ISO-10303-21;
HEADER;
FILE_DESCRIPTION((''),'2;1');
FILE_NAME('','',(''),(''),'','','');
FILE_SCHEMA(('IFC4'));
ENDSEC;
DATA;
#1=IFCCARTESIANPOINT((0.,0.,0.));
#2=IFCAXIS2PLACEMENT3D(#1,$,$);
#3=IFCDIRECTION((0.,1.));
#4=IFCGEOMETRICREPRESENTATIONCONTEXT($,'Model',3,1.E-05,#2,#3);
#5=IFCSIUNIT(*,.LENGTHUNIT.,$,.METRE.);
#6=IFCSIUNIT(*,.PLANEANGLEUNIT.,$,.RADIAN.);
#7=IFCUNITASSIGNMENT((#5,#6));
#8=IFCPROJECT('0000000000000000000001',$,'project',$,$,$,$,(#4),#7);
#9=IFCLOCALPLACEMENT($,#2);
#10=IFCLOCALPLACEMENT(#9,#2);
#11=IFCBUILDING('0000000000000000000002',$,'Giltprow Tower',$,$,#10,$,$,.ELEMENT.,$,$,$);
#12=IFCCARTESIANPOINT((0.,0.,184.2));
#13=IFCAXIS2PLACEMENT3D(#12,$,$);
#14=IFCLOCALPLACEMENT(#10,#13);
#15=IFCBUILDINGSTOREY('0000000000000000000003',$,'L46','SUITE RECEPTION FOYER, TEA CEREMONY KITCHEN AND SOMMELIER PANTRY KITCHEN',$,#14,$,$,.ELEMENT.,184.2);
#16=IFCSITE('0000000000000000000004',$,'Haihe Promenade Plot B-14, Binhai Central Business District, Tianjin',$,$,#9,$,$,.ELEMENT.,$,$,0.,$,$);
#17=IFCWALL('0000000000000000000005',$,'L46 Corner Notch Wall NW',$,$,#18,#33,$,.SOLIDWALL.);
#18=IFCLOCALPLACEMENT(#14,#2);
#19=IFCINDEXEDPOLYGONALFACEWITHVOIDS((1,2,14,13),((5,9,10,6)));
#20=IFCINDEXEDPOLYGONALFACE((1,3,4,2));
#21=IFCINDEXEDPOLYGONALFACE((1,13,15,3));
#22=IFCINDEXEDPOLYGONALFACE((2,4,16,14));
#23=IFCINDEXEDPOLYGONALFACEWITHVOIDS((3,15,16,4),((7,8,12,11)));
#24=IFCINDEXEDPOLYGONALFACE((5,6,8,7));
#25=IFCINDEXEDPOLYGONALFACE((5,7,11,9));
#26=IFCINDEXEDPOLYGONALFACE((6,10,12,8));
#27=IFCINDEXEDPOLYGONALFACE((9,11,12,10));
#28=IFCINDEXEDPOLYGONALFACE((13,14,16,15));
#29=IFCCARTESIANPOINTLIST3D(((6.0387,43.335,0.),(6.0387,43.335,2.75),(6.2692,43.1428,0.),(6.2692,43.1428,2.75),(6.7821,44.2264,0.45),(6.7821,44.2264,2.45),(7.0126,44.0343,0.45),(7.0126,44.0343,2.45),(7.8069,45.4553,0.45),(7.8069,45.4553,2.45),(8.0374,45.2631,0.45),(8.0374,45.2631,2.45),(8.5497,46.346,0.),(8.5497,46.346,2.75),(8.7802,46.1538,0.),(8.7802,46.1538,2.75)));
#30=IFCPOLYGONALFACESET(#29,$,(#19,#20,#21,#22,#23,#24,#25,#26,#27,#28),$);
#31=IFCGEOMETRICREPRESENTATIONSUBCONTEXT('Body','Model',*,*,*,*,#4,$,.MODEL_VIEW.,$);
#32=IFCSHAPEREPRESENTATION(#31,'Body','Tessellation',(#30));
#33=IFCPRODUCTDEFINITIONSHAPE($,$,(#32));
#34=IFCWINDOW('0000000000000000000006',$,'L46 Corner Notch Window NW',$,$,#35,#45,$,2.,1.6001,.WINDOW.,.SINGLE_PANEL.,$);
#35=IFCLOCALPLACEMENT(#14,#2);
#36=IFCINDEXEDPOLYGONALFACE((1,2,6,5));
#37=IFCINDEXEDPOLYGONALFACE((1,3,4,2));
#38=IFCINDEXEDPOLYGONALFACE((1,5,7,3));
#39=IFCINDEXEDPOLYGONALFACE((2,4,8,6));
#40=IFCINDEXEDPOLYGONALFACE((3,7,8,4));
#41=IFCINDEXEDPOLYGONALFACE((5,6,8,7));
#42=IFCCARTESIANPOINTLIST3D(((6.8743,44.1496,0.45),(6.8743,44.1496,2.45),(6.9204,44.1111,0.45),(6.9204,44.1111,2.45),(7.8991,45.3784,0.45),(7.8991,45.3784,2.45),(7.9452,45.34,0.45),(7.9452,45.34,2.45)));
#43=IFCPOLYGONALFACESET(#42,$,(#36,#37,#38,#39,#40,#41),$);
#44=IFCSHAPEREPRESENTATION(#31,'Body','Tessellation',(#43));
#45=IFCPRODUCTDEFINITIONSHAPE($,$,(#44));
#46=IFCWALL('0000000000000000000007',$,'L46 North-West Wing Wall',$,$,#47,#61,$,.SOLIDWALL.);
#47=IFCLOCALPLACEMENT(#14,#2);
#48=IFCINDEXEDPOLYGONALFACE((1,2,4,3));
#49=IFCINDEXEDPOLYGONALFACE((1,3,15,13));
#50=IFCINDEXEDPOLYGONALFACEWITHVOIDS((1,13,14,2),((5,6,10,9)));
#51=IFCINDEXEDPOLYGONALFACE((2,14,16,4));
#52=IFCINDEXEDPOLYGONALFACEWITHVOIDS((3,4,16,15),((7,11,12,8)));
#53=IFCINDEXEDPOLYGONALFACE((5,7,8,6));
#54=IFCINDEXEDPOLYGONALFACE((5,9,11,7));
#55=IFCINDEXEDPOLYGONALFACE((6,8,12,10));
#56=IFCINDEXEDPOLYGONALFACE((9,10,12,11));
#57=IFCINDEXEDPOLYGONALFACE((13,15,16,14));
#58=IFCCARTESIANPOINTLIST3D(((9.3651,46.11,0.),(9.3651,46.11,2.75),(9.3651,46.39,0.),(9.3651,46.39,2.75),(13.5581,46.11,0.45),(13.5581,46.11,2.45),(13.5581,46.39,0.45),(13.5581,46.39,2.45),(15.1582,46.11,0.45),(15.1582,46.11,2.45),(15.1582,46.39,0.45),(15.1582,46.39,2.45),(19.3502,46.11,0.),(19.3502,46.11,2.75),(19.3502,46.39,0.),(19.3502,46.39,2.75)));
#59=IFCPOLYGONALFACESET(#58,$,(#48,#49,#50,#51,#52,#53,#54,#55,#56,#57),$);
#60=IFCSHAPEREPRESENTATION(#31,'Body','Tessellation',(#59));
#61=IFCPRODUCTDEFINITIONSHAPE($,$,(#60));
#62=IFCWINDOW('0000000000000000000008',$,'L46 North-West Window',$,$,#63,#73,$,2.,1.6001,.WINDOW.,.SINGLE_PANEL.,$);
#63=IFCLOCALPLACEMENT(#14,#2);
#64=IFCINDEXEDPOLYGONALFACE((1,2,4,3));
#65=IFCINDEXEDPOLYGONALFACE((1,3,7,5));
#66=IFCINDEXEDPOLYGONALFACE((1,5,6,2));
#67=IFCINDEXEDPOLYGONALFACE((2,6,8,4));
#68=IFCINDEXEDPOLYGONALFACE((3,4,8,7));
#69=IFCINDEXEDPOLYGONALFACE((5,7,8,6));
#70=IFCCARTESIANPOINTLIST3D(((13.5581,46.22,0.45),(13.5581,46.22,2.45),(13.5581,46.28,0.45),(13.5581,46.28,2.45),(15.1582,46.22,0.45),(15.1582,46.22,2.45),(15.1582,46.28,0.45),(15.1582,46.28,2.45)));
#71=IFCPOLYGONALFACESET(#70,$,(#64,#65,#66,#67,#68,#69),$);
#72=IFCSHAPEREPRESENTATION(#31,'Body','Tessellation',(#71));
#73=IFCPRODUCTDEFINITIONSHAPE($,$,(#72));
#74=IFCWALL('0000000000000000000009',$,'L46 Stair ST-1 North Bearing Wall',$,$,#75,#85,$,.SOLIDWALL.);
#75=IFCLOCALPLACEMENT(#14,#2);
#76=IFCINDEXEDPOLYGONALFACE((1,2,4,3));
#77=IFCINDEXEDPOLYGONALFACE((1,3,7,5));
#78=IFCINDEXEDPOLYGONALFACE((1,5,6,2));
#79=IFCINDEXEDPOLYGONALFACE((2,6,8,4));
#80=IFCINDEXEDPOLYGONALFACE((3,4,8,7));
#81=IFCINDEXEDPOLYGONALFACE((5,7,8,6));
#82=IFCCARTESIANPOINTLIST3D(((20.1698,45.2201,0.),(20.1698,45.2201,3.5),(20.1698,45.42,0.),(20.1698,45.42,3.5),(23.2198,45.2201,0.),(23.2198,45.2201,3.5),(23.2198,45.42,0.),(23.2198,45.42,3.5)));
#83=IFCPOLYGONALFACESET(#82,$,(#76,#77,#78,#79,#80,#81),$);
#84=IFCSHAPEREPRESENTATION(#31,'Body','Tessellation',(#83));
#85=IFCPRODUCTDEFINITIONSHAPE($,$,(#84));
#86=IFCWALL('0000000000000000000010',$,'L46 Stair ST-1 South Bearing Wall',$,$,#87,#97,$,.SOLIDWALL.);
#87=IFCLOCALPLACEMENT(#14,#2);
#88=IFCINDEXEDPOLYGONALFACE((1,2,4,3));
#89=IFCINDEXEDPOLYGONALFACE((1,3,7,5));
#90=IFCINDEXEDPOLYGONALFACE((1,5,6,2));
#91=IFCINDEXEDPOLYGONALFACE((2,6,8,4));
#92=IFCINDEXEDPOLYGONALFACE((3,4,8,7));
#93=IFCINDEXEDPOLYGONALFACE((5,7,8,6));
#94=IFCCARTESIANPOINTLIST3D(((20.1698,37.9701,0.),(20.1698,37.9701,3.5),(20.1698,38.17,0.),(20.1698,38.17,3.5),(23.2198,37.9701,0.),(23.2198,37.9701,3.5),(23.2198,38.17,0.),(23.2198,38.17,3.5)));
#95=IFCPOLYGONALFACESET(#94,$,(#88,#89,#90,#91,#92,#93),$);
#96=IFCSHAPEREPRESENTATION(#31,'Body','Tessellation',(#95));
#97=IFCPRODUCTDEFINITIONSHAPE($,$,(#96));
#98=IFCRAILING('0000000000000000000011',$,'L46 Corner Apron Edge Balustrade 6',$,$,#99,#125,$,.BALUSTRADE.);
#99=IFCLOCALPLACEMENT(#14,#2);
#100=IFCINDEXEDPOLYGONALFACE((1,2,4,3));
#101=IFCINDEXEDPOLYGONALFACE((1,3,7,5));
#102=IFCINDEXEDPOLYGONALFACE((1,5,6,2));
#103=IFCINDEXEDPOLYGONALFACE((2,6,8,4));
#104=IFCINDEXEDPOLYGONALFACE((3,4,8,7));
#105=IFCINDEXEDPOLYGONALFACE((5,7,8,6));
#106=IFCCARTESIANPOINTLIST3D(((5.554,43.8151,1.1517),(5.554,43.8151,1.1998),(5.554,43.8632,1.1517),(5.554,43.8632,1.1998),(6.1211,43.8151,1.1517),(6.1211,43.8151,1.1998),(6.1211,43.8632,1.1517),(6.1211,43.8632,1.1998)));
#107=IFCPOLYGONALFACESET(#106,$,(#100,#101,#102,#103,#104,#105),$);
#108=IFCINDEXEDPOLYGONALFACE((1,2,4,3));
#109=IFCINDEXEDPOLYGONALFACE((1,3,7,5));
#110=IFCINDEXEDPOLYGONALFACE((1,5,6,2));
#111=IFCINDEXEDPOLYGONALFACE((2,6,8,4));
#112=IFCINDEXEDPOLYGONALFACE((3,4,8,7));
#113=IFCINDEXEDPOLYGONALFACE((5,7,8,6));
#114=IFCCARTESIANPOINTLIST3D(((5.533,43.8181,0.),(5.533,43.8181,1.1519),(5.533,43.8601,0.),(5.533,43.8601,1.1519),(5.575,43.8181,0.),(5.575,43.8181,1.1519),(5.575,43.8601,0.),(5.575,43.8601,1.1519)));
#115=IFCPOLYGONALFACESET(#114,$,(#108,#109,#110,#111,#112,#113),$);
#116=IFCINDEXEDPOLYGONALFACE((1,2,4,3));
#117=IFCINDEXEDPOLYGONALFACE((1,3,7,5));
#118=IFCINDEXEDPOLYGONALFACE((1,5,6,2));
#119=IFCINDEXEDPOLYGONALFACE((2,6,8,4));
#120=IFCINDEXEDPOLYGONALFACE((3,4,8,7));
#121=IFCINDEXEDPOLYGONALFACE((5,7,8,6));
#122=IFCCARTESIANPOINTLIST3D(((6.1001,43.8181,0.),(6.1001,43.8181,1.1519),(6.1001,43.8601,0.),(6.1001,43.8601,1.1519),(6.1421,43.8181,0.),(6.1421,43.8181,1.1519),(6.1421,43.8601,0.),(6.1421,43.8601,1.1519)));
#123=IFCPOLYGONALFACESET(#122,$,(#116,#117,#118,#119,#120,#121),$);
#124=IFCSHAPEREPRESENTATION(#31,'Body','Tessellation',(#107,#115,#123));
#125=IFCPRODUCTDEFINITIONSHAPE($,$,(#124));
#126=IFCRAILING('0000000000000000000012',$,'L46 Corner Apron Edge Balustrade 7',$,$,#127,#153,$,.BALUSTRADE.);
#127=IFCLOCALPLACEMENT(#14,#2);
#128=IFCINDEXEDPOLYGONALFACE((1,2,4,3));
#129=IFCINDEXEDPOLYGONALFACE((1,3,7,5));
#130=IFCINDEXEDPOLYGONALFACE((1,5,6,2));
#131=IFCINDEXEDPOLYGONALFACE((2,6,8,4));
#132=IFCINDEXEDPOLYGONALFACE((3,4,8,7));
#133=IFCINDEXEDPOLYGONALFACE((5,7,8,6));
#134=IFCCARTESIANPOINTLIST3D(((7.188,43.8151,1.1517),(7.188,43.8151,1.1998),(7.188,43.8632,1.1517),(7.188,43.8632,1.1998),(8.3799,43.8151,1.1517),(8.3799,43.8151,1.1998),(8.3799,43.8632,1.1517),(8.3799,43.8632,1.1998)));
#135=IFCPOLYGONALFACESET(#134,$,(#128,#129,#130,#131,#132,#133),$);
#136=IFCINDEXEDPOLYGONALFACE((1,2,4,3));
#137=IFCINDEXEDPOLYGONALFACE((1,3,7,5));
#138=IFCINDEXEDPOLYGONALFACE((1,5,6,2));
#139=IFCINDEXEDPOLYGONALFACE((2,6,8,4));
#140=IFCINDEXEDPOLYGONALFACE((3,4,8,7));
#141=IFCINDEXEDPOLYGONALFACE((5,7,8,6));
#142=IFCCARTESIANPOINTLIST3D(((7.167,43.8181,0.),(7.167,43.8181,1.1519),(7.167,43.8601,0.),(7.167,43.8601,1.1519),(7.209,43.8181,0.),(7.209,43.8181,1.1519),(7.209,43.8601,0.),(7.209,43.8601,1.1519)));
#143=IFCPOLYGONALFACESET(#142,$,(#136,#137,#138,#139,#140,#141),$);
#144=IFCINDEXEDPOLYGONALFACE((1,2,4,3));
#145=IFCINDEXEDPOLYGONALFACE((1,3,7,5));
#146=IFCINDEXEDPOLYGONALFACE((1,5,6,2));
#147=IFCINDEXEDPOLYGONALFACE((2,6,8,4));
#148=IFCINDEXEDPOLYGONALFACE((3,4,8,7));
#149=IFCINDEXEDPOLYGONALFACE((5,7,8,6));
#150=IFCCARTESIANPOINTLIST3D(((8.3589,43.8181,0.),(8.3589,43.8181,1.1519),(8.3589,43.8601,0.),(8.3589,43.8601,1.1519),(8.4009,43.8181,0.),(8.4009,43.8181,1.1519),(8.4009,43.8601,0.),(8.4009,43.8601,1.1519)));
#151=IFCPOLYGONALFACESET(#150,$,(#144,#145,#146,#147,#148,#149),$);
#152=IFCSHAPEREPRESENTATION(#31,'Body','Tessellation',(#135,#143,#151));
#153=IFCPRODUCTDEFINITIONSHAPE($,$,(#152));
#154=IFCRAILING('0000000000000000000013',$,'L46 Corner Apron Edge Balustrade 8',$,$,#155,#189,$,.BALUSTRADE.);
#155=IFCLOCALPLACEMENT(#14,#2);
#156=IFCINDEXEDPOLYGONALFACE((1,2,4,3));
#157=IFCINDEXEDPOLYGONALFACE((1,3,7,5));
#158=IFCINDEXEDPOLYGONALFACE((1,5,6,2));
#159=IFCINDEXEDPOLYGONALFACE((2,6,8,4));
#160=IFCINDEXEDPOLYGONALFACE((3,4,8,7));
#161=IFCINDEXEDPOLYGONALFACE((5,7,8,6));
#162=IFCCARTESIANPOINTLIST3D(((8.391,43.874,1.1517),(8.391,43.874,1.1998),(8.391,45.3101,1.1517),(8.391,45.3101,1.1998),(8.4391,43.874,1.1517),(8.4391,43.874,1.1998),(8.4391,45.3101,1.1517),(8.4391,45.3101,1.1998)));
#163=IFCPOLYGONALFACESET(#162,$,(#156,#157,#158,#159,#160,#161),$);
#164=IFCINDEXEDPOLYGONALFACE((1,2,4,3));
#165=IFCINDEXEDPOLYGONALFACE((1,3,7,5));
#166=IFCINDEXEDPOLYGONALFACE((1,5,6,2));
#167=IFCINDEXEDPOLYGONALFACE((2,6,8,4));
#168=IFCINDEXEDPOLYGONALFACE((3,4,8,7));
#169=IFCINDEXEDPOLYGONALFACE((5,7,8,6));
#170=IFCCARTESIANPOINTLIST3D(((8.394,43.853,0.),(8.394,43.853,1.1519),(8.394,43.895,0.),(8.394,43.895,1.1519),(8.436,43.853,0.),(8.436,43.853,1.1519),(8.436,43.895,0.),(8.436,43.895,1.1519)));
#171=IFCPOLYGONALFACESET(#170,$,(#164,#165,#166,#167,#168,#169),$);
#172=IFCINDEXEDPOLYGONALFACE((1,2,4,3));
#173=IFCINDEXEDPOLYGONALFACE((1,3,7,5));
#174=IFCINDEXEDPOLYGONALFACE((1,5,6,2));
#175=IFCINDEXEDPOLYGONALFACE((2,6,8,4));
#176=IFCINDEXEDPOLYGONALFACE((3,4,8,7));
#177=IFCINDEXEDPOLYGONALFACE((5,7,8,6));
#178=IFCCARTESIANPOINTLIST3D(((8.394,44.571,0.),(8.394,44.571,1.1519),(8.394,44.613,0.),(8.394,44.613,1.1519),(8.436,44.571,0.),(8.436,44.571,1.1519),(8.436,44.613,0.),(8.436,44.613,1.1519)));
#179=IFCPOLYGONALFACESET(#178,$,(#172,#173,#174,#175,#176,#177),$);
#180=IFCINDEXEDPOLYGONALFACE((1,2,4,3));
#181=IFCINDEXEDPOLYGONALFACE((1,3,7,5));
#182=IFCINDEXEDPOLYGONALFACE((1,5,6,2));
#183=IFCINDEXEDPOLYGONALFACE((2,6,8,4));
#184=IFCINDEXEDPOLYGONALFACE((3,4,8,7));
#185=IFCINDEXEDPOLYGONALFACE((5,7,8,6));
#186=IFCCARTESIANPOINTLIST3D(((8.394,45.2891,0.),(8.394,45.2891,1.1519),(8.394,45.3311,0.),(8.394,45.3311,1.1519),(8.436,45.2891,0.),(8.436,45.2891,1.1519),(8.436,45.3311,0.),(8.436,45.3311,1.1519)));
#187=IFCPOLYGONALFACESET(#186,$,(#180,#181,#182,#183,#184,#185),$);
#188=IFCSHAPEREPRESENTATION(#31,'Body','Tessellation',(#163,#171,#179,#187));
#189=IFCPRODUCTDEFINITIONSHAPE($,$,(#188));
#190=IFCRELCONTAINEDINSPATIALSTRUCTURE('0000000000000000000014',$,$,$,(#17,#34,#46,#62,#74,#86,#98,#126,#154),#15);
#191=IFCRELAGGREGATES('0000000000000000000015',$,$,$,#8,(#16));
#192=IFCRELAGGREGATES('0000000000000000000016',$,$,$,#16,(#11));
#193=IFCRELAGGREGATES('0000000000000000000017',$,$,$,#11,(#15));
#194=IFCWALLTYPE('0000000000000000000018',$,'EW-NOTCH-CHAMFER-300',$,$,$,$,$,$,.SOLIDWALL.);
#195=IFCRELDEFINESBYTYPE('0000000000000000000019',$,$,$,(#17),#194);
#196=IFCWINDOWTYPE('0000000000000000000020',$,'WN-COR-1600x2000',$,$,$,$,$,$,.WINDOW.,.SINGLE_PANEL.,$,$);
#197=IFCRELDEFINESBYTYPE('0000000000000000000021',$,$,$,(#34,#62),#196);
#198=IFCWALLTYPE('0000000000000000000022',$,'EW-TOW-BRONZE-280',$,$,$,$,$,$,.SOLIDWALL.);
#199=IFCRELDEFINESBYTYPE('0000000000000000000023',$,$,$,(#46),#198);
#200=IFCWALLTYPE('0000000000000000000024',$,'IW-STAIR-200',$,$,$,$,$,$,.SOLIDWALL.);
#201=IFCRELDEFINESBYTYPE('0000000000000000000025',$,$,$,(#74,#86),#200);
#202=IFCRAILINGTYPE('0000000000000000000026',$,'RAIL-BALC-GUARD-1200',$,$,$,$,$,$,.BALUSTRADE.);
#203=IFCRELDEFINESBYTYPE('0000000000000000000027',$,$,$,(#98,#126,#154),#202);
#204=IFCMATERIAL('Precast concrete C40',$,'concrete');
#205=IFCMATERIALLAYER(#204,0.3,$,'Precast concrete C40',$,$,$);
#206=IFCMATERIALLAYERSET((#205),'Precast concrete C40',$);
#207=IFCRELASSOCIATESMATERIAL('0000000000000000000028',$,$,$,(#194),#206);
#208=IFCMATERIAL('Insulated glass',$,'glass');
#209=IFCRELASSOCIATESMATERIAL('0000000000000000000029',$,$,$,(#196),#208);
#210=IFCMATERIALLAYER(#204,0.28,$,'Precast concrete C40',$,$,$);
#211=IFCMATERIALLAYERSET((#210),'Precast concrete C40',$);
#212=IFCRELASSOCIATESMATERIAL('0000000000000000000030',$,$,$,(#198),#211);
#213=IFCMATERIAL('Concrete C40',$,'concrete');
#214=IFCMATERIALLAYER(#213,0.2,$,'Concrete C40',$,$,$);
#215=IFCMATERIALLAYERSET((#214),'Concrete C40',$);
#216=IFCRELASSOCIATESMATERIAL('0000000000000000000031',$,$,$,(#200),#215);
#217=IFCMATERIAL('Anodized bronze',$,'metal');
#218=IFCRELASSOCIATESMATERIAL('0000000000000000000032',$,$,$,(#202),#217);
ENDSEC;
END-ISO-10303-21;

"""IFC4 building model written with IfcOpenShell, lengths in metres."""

from ifc_helpers import new_model, si_unit, direction, frame, frame_2d, origin, origin_2d, place, context, subcontext, project, spatial, rectangle, extrude, source, transform, mapped, material, layer, layer_set, type_object, element, fill, save


model = new_model("IFC4")

# Units and contexts
model_context = context("Model", 3, precision=1e-05, world=origin(), true_north=direction((0.0, 1.0)))
body_context = subcontext(model_context, "Body", "Model", "MODEL_VIEW")
ifc_project = project(units=[si_unit("LENGTHUNIT", "METRE"), si_unit("PLANEANGLEUNIT", "RADIAN")], contexts=[model_context])

# Site, building, storey
site_placement = place(None, origin())
site = spatial("IfcSite", under=ifc_project, at=site_placement, Name="Haihe Promenade Plot B-14, Binhai Central Business District, Tianjin", CompositionType="ELEMENT", RefElevation=0.0)
building_placement = place(site_placement, origin())
building = spatial("IfcBuilding", under=site, at=building_placement, Name="Giltprow Tower", CompositionType="ELEMENT")
storey_placement = place(building_placement, frame((0.0, 0.0, 184.2)))
storey = spatial("IfcBuildingStorey", under=building, at=storey_placement, Name="L46", Description="SUITE RECEPTION FOYER, TEA CEREMONY KITCHEN AND SOMMELIER PANTRY KITCHEN", CompositionType="ELEMENT", Elevation=184.2)

# Walls, openings, windows
ifc_material_1 = material(Name="Precast concrete C40", Category="concrete")
ifc_layer_1 = layer(ifc_material_1, 0.3, Name="Precast concrete C40")
ifc_layer_set_1 = layer_set([ifc_layer_1], Name="Precast concrete C40")
wall_type_1 = type_object("IfcWallType", Name="EW-NOTCH-CHAMFER-300", PredefinedType="SOLIDWALL", material=ifc_layer_set_1)
wall_1_placement = place(storey_placement, frame((8.665, 46.25, 0.0), z_axis=(0.0, 0.0, 1.0), x_axis=(-0.64046, -0.767992, 0.0)))
wall_1 = element("IfcWall", 1, at=wall_1_placement, inside=storey, type_object=wall_type_1, Name="L46 Corner Notch Wall NW", PredefinedType="SOLIDWALL", context=body_context, shape_type="SweptSolid", body=[
    extrude(rectangle(XDim=3.9207, YDim=0.3, at=frame_2d((1.9604, 0.0))), origin(), (0.0, 0.0, 1.0), 2.75),
])
opening_1_placement = place(wall_1_placement, frame((1.1599, 0.0, 0.45)))
opening_1 = element("IfcOpeningElement", 2, at=opening_1_placement, cuts=wall_1, PredefinedType="OPENING", context=body_context, shape_type="SweptSolid", body=[
    extrude(rectangle(XDim=1.6001, YDim=2.0, at=frame_2d((0.8, 1.0))), frame((0.0, 0.1599, 0.0), z_axis=(0.0, -1.0, 0.0), x_axis=(1.0, 0.0, 0.0)), (0.0, 0.0, 1.0), 0.3201),
])
ifc_material_2 = material(Name="Insulated glass", Category="glass")
window_type = type_object("IfcWindowType", Name="WN-COR-1600x2000", PartitioningType="SINGLE_PANEL", PredefinedType="WINDOW", material=ifc_material_2)
shared_shape_1 = source(origin(), body_context, "Body", "SweptSolid", [
    extrude(rectangle(XDim=1.6001, YDim=2.0, at=frame_2d((0.8, 1.0))), frame((0.0, 0.03, 0.0), z_axis=(0.0, -1.0, 0.0), x_axis=(1.0, 0.0, 0.0)), (0.0, 0.0, 1.0), 0.0601),
])
window_1_placement = place(opening_1_placement, origin())
window_1 = element("IfcWindow", 3, at=window_1_placement, inside=storey, type_object=window_type, Name="L46 Corner Notch Window NW", OverallHeight=2.0, OverallWidth=1.6001, PartitioningType="SINGLE_PANEL", PredefinedType="WINDOW", context=body_context, shape_type="MappedRepresentation", body=[
    mapped(shared_shape_1, transform((0.0, 0.0, 0.0), x_axis=(1.0, 0.0, 0.0), y_axis=(0.0, 1.0, 0.0), z_axis=(0.0, 0.0, 1.0), scale=1.0)),
])
fill(opening_1, window_1)
ifc_layer_2 = layer(ifc_material_1, 0.28, Name="Precast concrete C40")
ifc_layer_set_2 = layer_set([ifc_layer_2], Name="Precast concrete C40")
wall_type_2 = type_object("IfcWallType", Name="EW-TOW-BRONZE-280", PredefinedType="SOLIDWALL", material=ifc_layer_set_2)
wall_2_placement = place(storey_placement, frame((9.365, 46.25, 0.0), z_axis=(0.0, 0.0, 1.0), x_axis=(1.0, 0.0, 0.0)))
wall_2 = element("IfcWall", 4, at=wall_2_placement, inside=storey, type_object=wall_type_2, Name="L46 North-West Wing Wall", PredefinedType="SOLIDWALL", context=body_context, shape_type="SweptSolid", body=[
    extrude(rectangle(XDim=9.9851, YDim=0.28, at=frame_2d((4.9927, 0.0))), origin(), (0.0, 0.0, 1.0), 2.75),
])
opening_2_placement = place(wall_2_placement, frame((4.1931, 0.0, 0.45)))
opening_2 = element("IfcOpeningElement", 5, at=opening_2_placement, cuts=wall_2, PredefinedType="OPENING", context=body_context, shape_type="SweptSolid", body=[
    extrude(rectangle(XDim=1.6001, YDim=2.0, at=frame_2d((0.8, 1.0))), frame((0.0, 0.1499, 0.0), z_axis=(0.0, -1.0, 0.0), x_axis=(1.0, 0.0, 0.0)), (0.0, 0.0, 1.0), 0.3),
])
window_2_placement = place(opening_2_placement, origin())
window_2 = element("IfcWindow", 6, at=window_2_placement, inside=storey, type_object=window_type, Name="L46 North-West Window", OverallHeight=2.0, OverallWidth=1.6001, PartitioningType="SINGLE_PANEL", PredefinedType="WINDOW", context=body_context, shape_type="MappedRepresentation", body=[
    mapped(shared_shape_1, transform((0.0, 0.0, 0.0), x_axis=(1.0, 0.0, 0.0), y_axis=(0.0, 1.0, 0.0), z_axis=(0.0, 0.0, 1.0), scale=1.0)),
])
fill(opening_2, window_2)

# Walls
ifc_material_3 = material(Name="Concrete C40", Category="concrete")
ifc_layer_3 = layer(ifc_material_3, 0.2, Name="Concrete C40")
ifc_layer_set_3 = layer_set([ifc_layer_3], Name="Concrete C40")
wall_type_3 = type_object("IfcWallType", Name="IW-STAIR-200", PredefinedType="SOLIDWALL", material=ifc_layer_set_3)
for number, where, z_axis, x_axis, name in (
    (7, (20.1699, 45.3201, 0.0), (0.0, 0.0, 1.0), (1.0, 0.0, 0.0), "L46 Stair ST-1 North Bearing Wall"),
    (8, (20.1699, 38.0701, 0.0), (0.0, 0.0, 1.0), (1.0, 0.0, 0.0), "L46 Stair ST-1 South Bearing Wall"),
):
    element("IfcWall", number, at=place(storey_placement, frame(where, z_axis=z_axis, x_axis=x_axis)), inside=storey, type_object=wall_type_3, Name=name, PredefinedType="SOLIDWALL", context=body_context, shape_type="SweptSolid", body=[
        extrude(rectangle(XDim=3.05, YDim=0.2, at=frame_2d((1.5249, 0.0))), origin(), (0.0, 0.0, 1.0), 3.5),
    ])

# Railings
ifc_material_4 = material(Name="Anodized bronze", Category="metal")
railing_type_1 = type_object("IfcRailingType", Name="RAIL-BALC-GUARD-1200", PredefinedType="BALUSTRADE", material=ifc_material_4)
railing_1_placement = place(storey_placement, frame((5.554, 43.8391, 0.0)))
element("IfcRailing", 9, at=railing_1_placement, inside=storey, type_object=railing_type_1, Name="L46 Corner Apron Edge Balustrade 6", PredefinedType="BALUSTRADE", context=body_context, shape_type="SweptSolid", body=[
    extrude(rectangle(XDim=0.0481, YDim=0.0481, at=origin_2d()), frame((0.0, 0.0, 1.1758), z_axis=(1.0, 0.0, 0.0), x_axis=(0.0, 1.0, 0.0)), (0.0, 0.0, 1.0), 0.5671),
    extrude(rectangle(XDim=0.042, YDim=0.042, at=origin_2d()), origin(), (0.0, 0.0, 1.0), 1.1519),
    extrude(rectangle(XDim=0.042, YDim=0.042, at=origin_2d()), frame((0.5671, 0.0, 0.0)), (0.0, 0.0, 1.0), 1.1519),
])
railing_2_placement = place(storey_placement, frame((7.188, 43.8391, 0.0)))
element("IfcRailing", 10, at=railing_2_placement, inside=storey, type_object=railing_type_1, Name="L46 Corner Apron Edge Balustrade 7", PredefinedType="BALUSTRADE", context=body_context, shape_type="SweptSolid", body=[
    extrude(rectangle(XDim=0.0481, YDim=0.0481, at=origin_2d()), frame((0.0, 0.0, 1.1758), z_axis=(1.0, 0.0, 0.0), x_axis=(0.0, 1.0, 0.0)), (0.0, 0.0, 1.0), 1.1919),
    extrude(rectangle(XDim=0.042, YDim=0.042, at=origin_2d()), origin(), (0.0, 0.0, 1.0), 1.1519),
    extrude(rectangle(XDim=0.042, YDim=0.042, at=origin_2d()), frame((1.1919, 0.0, 0.0)), (0.0, 0.0, 1.0), 1.1519),
])
railing_3_placement = place(storey_placement, frame((8.415, 43.874, 0.0)))
element("IfcRailing", 11, at=railing_3_placement, inside=storey, type_object=railing_type_1, Name="L46 Corner Apron Edge Balustrade 8", PredefinedType="BALUSTRADE", context=body_context, shape_type="SweptSolid", body=[
    extrude(rectangle(XDim=0.0481, YDim=0.0481, at=origin_2d()), frame((0.0, 0.0, 1.1758), z_axis=(0.0, 1.0, 0.0), x_axis=(-1.0, 0.0, 0.0)), (0.0, 0.0, 1.0), 1.436),
    extrude(rectangle(XDim=0.042, YDim=0.042, at=origin_2d()), origin(), (0.0, 0.0, 1.0), 1.1519),
    extrude(rectangle(XDim=0.042, YDim=0.042, at=origin_2d()), frame((0.0, 0.718, 0.0)), (0.0, 0.0, 1.0), 1.1519),
    extrude(rectangle(XDim=0.042, YDim=0.042, at=origin_2d()), frame((0.0, 1.436, 0.0)), (0.0, 0.0, 1.0), 1.1519),
])

save(model, "model.ifc")
